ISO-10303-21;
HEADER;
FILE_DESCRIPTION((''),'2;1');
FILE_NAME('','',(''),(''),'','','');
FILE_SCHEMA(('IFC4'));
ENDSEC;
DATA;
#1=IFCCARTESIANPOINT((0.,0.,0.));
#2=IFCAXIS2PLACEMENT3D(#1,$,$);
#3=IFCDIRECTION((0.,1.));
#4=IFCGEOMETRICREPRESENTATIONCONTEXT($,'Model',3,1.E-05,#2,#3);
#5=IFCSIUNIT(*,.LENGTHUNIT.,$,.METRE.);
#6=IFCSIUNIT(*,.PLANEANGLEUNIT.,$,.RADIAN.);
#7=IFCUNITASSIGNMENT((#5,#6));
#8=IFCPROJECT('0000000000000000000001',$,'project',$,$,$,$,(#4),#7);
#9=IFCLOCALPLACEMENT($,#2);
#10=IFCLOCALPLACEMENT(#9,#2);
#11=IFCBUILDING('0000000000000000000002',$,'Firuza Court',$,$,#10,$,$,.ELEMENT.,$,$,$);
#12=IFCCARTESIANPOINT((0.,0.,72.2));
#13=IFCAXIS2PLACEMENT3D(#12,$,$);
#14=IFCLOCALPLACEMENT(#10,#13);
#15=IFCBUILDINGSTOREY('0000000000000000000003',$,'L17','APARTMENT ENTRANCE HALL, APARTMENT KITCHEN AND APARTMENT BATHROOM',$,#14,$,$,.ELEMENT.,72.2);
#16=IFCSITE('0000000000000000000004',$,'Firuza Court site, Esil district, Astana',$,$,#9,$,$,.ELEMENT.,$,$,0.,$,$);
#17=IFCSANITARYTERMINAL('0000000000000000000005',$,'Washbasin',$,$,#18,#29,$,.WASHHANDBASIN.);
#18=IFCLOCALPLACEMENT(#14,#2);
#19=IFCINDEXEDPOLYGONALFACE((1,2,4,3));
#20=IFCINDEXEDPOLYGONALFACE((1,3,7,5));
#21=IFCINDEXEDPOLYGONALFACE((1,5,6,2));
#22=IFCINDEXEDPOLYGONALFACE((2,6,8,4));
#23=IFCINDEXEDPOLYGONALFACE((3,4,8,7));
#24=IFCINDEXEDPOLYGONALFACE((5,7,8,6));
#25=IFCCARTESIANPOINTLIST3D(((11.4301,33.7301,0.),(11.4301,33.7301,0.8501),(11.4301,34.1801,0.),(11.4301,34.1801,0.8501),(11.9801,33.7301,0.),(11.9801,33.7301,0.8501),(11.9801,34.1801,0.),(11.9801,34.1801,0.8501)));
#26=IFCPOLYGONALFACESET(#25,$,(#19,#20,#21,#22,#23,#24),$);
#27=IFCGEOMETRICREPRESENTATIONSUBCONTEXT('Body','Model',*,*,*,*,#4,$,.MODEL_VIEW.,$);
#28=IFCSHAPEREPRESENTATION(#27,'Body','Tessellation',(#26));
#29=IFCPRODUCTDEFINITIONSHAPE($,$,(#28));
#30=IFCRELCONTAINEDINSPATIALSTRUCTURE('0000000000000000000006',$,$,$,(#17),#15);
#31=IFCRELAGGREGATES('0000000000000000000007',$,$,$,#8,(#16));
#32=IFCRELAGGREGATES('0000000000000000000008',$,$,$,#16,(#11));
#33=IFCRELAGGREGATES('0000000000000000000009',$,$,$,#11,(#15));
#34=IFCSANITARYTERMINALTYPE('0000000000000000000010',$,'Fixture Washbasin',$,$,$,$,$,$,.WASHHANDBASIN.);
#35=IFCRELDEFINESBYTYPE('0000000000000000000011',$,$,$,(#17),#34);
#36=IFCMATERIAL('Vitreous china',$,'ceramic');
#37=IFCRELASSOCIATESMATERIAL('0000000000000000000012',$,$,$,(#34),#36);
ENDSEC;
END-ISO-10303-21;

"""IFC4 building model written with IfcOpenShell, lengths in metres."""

from ifc_helpers import new_model, si_unit, direction, frame, origin, origin_2d, place, context, subcontext, project, spatial, rectangle, extrude, material, type_object, element, save


model = new_model("IFC4")

# Units and contexts
model_context = context("Model", 3, precision=1e-05, world=origin(), true_north=direction((0.0, 1.0)))
body_context = subcontext(model_context, "Body", "Model", "MODEL_VIEW")
ifc_project = project(units=[si_unit("LENGTHUNIT", "METRE"), si_unit("PLANEANGLEUNIT", "RADIAN")], contexts=[model_context])

# Site, building, storey
site_placement = place(None, origin())
site = spatial("IfcSite", under=ifc_project, at=site_placement, Name="Firuza Court site, Esil district, Astana", CompositionType="ELEMENT", RefElevation=0.0)
building_placement = place(site_placement, origin())
building = spatial("IfcBuilding", under=site, at=building_placement, Name="Firuza Court", CompositionType="ELEMENT")
storey_placement = place(building_placement, frame((0.0, 0.0, 72.2)))
storey = spatial("IfcBuildingStorey", under=building, at=storey_placement, Name="L17", Description="APARTMENT ENTRANCE HALL, APARTMENT KITCHEN AND APARTMENT BATHROOM", CompositionType="ELEMENT", Elevation=72.2)

# Sanitary terminal
ifc_material_1 = material(Name="Vitreous china", Category="ceramic")
sanitary_terminal_type_1 = type_object("IfcSanitaryTerminalType", Name="Fixture Washbasin", PredefinedType="WASHHANDBASIN", material=ifc_material_1)
sanitary_terminal_1_placement = place(storey_placement, frame((11.7051, 33.9551, 0.0), z_axis=(0.0, 0.0, 1.0), x_axis=(1.0, 0.0, 0.0)))
element("IfcSanitaryTerminal", 1, at=sanitary_terminal_1_placement, inside=storey, type_object=sanitary_terminal_type_1, Name="Washbasin", PredefinedType="WASHHANDBASIN", context=body_context, shape_type="SweptSolid", body=[
    extrude(rectangle(XDim=0.55, YDim=0.45, at=origin_2d()), origin(), (0.0, 0.0, 1.0), 0.8501),
])

save(model, "model.ifc")
